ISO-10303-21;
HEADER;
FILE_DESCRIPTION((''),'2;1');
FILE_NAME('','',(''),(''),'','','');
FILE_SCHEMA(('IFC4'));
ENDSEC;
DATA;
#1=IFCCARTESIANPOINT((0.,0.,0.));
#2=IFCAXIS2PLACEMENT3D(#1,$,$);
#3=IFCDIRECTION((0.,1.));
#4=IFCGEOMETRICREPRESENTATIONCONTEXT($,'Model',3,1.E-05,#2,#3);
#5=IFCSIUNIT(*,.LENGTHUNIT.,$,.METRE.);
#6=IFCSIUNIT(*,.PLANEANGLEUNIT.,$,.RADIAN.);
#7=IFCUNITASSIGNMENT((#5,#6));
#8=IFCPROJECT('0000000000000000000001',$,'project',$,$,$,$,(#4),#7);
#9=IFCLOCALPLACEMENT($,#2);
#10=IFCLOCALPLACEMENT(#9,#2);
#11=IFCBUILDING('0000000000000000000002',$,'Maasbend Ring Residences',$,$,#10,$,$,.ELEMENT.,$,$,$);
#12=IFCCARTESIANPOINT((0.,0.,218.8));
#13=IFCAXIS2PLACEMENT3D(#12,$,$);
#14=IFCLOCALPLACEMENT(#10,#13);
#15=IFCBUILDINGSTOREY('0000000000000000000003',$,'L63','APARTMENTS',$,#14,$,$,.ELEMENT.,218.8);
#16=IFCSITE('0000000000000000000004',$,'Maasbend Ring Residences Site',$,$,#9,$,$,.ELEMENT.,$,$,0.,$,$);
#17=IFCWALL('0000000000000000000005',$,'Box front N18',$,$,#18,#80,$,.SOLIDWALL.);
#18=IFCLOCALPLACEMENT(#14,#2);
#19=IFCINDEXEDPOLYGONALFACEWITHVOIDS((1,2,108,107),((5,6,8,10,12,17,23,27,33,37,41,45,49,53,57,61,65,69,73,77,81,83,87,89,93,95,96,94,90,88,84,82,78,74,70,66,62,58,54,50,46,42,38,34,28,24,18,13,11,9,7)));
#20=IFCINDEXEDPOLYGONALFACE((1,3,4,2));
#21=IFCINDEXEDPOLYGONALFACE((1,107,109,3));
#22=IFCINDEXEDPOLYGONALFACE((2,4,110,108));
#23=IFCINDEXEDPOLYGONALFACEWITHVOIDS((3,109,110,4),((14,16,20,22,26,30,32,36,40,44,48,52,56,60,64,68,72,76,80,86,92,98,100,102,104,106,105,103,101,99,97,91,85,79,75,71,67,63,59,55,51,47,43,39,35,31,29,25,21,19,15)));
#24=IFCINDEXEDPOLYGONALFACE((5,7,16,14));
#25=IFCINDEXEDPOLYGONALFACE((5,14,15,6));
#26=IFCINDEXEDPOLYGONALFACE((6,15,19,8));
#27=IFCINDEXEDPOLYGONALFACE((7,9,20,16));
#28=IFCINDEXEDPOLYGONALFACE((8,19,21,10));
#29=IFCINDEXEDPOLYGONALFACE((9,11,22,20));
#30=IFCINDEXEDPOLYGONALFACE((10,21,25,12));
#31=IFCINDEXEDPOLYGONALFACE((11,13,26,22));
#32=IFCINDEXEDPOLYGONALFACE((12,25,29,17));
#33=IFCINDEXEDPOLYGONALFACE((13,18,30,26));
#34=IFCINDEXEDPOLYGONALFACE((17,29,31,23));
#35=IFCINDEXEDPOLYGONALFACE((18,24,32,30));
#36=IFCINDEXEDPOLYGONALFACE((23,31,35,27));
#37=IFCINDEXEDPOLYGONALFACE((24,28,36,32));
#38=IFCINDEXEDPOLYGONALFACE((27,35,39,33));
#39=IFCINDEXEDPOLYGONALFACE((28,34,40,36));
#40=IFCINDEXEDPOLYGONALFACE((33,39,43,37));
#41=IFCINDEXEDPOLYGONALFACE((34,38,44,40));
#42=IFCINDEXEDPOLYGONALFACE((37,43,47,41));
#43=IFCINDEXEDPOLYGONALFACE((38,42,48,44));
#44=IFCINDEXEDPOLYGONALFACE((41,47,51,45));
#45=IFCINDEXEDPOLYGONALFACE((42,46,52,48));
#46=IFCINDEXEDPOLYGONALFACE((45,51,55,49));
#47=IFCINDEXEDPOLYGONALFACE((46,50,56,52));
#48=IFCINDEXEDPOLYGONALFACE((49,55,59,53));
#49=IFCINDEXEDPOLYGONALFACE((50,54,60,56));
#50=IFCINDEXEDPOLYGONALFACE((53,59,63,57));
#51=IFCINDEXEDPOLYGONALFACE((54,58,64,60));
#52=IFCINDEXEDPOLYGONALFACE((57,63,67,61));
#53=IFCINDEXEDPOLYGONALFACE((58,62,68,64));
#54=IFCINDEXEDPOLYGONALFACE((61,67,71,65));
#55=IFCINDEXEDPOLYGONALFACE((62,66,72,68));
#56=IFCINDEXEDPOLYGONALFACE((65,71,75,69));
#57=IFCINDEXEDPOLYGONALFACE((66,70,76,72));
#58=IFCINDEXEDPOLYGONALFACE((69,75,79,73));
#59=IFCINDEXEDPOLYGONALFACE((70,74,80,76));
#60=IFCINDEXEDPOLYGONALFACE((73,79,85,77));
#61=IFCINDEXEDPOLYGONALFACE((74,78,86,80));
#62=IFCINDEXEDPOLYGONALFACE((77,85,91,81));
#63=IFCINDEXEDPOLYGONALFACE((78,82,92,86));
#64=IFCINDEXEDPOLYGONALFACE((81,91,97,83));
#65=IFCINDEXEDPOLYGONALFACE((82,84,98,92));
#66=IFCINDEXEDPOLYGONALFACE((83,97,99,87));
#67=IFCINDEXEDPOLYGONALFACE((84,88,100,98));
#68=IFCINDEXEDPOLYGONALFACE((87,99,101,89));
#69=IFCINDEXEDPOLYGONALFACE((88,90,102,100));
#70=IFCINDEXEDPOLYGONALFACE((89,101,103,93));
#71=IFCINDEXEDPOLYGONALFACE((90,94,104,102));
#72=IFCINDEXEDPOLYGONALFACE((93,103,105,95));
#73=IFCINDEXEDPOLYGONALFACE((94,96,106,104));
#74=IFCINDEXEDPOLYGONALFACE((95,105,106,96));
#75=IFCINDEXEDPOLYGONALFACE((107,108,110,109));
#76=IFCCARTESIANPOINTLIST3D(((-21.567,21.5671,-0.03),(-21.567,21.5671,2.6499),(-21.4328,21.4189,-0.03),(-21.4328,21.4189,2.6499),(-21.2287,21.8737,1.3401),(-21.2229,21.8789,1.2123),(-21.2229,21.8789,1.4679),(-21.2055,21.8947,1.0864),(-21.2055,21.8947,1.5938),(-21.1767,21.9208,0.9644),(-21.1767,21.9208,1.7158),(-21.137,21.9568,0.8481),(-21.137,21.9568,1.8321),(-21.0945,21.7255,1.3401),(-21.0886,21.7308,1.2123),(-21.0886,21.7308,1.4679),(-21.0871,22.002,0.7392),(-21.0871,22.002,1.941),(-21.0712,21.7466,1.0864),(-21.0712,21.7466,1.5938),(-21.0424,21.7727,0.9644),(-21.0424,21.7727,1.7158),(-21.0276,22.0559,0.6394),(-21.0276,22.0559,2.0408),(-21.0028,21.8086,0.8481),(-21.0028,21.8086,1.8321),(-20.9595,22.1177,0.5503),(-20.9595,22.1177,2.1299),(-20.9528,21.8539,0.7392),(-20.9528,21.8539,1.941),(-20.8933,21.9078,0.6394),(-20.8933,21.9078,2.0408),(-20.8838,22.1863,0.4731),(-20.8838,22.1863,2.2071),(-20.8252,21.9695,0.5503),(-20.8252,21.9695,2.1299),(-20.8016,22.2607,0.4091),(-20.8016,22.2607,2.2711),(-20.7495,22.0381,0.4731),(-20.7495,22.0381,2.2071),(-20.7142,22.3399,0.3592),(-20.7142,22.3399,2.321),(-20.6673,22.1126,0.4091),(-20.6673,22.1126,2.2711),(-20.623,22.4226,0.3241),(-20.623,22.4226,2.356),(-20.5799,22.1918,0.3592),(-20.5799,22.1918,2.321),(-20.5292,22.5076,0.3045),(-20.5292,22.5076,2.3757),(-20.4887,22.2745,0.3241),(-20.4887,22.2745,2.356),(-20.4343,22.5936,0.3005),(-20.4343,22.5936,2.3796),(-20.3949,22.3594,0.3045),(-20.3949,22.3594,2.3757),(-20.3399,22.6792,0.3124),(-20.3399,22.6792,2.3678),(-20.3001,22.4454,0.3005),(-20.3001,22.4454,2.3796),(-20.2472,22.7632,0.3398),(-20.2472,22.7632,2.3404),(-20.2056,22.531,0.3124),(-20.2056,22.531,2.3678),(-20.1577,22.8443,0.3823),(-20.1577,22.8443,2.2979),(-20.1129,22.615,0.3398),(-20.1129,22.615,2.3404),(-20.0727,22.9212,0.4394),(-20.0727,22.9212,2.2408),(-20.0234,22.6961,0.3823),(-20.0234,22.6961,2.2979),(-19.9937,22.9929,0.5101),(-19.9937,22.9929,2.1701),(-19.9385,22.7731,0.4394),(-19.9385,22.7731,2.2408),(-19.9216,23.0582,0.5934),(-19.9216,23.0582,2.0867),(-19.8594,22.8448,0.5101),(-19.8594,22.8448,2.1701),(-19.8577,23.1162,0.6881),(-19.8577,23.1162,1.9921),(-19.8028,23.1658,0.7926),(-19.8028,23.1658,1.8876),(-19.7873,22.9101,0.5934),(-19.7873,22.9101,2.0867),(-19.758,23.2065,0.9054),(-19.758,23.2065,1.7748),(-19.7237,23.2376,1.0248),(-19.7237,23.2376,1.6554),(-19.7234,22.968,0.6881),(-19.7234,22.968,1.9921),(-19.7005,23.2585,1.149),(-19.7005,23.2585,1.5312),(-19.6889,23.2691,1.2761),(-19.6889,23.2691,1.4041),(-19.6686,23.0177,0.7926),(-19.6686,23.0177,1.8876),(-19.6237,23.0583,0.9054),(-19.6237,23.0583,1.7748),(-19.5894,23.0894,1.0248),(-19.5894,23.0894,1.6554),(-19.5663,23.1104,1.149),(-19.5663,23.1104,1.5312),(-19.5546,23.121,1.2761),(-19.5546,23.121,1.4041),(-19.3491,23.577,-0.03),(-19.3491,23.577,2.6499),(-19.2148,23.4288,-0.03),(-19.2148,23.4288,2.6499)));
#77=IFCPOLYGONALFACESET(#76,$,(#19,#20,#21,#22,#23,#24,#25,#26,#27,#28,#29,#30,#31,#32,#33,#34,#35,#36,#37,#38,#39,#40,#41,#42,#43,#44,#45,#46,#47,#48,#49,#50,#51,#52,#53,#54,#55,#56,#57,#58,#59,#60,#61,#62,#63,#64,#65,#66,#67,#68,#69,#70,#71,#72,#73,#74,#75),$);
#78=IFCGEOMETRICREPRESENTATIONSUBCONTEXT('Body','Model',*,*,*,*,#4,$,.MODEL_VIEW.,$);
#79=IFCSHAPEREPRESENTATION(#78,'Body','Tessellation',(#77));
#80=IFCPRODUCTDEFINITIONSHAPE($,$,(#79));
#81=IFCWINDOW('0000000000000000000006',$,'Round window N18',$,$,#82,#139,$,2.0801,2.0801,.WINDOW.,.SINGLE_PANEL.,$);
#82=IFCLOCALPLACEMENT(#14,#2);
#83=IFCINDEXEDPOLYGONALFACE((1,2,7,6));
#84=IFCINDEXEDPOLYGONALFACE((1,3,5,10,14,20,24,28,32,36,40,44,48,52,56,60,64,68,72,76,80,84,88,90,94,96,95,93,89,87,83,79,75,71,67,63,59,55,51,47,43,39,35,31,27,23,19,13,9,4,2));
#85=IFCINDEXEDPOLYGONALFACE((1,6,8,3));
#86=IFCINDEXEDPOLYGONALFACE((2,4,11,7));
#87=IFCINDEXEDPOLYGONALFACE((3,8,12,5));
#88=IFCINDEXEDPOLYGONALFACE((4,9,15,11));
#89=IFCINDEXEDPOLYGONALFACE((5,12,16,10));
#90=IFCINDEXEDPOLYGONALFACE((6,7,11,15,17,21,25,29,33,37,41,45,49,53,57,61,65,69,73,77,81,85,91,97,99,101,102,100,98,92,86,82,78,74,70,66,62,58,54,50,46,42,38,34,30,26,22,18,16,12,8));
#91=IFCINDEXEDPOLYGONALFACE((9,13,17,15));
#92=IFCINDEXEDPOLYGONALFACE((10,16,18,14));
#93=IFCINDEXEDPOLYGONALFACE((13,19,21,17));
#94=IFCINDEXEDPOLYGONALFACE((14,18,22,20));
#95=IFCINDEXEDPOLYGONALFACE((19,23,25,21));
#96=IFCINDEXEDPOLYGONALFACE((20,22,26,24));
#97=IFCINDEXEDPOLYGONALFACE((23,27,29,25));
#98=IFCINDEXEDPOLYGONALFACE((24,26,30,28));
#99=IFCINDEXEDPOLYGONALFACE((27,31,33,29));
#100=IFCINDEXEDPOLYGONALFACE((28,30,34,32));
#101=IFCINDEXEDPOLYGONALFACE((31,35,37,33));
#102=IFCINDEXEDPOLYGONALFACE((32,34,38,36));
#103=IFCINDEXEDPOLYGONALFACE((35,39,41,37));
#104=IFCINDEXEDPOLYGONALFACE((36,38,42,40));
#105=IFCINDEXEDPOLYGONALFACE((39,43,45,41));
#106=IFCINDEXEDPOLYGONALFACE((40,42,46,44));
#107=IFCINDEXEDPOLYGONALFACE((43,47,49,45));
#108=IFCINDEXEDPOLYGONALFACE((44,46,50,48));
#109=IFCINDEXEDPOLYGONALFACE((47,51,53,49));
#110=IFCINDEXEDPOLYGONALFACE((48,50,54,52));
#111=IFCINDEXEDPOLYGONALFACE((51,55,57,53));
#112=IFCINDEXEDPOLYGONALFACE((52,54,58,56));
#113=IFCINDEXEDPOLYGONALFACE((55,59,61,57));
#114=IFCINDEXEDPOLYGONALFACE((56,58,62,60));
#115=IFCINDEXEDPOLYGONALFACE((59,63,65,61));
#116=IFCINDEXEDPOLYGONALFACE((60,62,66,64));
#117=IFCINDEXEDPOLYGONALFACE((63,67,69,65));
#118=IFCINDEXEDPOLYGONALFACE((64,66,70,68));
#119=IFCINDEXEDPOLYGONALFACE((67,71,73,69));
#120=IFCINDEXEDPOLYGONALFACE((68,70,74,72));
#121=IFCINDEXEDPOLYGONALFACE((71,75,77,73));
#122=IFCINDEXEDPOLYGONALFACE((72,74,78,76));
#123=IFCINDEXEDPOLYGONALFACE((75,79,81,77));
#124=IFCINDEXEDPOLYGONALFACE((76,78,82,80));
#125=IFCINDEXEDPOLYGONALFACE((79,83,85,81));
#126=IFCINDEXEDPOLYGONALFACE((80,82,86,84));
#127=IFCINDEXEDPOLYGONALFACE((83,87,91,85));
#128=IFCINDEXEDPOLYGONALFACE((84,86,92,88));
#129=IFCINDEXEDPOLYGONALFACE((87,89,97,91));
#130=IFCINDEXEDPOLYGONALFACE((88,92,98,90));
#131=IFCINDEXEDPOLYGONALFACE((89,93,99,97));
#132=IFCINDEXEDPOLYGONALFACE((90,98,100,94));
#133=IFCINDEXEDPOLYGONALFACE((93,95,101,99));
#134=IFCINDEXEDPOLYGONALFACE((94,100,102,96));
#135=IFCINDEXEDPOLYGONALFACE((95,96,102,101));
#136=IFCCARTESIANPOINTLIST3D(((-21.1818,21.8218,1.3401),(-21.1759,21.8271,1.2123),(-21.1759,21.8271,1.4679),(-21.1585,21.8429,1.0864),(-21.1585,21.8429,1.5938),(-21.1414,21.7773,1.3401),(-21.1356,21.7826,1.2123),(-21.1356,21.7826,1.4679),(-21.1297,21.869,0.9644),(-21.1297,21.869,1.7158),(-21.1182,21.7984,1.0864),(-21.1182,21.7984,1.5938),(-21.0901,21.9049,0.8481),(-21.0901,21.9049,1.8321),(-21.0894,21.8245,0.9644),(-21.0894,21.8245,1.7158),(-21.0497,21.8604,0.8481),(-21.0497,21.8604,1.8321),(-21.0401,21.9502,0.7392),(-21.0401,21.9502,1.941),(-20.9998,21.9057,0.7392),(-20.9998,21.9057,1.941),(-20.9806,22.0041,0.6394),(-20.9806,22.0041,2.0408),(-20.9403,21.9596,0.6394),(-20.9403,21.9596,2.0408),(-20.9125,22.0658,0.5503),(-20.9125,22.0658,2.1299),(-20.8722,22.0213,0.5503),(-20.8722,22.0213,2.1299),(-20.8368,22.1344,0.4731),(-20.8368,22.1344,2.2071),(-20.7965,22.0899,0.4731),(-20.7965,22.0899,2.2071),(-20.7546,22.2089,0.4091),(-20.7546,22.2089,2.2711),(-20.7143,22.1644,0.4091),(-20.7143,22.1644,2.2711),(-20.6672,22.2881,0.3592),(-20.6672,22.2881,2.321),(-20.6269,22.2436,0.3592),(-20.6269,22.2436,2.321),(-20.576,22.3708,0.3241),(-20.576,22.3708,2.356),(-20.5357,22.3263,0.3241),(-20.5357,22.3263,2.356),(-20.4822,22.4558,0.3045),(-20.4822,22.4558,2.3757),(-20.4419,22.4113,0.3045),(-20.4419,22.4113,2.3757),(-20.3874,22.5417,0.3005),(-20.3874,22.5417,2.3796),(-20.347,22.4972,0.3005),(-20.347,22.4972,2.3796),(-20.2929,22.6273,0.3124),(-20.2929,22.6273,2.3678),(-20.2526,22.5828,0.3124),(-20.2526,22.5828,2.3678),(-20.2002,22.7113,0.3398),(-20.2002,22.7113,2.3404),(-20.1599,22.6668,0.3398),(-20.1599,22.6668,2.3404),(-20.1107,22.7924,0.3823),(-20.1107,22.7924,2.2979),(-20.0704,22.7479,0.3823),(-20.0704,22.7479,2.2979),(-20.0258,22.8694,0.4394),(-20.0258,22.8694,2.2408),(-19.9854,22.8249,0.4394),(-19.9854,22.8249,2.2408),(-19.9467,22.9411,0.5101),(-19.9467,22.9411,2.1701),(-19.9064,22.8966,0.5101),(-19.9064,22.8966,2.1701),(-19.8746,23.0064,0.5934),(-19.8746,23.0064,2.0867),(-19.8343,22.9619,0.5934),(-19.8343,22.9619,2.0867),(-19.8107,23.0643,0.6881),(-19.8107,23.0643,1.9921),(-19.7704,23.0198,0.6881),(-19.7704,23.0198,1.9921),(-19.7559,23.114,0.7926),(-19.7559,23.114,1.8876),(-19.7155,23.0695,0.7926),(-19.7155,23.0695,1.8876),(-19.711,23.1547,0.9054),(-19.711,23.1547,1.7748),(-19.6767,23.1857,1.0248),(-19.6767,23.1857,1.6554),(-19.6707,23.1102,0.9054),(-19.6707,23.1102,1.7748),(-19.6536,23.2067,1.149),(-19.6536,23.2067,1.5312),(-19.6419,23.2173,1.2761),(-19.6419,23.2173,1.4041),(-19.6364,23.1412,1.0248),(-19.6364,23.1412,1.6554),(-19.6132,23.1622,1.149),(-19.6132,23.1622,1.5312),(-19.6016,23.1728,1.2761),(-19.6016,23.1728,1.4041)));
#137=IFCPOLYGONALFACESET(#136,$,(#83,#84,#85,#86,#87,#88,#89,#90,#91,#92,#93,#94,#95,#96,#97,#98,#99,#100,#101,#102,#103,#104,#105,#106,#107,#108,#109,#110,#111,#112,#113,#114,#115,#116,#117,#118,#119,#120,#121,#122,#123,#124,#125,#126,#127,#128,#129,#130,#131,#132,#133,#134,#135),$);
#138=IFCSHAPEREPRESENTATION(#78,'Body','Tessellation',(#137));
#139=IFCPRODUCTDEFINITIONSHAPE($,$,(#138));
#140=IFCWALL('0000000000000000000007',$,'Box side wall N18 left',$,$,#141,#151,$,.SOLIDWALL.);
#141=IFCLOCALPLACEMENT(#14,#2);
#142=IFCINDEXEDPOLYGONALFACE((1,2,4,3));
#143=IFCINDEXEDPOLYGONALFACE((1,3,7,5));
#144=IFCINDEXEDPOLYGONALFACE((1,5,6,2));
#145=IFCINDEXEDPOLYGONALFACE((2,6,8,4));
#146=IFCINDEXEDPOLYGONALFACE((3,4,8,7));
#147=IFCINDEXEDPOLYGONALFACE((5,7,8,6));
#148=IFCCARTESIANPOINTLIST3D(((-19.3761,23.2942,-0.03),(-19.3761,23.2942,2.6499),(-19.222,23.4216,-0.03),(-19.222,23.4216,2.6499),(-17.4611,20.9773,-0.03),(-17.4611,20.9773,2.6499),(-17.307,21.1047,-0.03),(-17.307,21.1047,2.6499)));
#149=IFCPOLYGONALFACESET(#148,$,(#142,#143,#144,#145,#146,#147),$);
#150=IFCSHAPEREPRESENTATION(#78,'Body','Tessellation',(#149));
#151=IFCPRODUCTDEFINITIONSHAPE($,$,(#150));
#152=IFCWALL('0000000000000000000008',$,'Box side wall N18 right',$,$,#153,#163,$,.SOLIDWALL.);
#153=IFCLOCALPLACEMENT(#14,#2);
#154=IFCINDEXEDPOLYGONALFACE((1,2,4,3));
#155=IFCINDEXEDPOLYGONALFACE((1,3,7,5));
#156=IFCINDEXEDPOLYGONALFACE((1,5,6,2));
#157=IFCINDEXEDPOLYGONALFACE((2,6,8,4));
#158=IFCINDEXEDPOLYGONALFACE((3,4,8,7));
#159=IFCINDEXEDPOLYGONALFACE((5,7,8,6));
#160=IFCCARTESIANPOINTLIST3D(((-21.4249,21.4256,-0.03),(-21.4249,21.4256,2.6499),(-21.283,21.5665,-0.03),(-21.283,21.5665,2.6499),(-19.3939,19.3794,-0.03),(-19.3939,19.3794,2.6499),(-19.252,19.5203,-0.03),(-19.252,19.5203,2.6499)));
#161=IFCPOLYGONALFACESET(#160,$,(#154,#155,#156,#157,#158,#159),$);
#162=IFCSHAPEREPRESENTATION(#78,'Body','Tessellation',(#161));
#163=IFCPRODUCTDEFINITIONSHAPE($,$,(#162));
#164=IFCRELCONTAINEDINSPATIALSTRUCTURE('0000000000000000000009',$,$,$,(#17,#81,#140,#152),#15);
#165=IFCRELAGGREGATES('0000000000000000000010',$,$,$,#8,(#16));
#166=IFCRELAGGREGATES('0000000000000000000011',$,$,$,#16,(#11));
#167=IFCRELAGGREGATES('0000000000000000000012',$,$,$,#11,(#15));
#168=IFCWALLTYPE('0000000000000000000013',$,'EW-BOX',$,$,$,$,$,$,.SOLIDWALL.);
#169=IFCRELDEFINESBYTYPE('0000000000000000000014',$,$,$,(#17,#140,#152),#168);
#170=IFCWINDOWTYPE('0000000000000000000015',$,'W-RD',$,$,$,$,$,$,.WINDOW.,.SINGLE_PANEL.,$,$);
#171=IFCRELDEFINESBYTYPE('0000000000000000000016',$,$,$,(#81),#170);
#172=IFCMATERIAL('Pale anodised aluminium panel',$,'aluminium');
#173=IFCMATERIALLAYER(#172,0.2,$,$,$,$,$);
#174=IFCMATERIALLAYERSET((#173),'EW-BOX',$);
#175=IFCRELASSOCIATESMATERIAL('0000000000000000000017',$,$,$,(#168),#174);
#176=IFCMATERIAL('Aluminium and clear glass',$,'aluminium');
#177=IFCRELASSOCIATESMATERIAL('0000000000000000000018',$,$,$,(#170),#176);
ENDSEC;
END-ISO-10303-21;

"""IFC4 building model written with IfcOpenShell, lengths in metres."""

from ifc_helpers import new_model, si_unit, direction, frame, frame_2d, origin, place, context, subcontext, project, spatial, rectangle, circle, extrude, material, layer, layer_set, type_object, element, fill, save


model = new_model("IFC4")

# Units and contexts
model_context = context("Model", 3, precision=1e-05, world=origin(), true_north=direction((0.0, 1.0)))
body_context = subcontext(model_context, "Body", "Model", "MODEL_VIEW")
ifc_project = project(units=[si_unit("LENGTHUNIT", "METRE"), si_unit("PLANEANGLEUNIT", "RADIAN")], contexts=[model_context])

# Site, building, storey
site_placement = place(None, origin())
site = spatial("IfcSite", under=ifc_project, at=site_placement, Name="Maasbend Ring Residences Site", CompositionType="ELEMENT", RefElevation=0.0)
building_placement = place(site_placement, origin())
building = spatial("IfcBuilding", under=site, at=building_placement, Name="Maasbend Ring Residences", CompositionType="ELEMENT")
storey_placement = place(building_placement, frame((0.0, 0.0, 218.8)))
storey = spatial("IfcBuildingStorey", under=building, at=storey_placement, Name="L63", Description="APARTMENTS", CompositionType="ELEMENT", Elevation=218.8)

# Shared definitions
ifc_material_1 = material(Name="Pale anodised aluminium panel", Category="aluminium")
ifc_layer_1 = layer(ifc_material_1, 0.2)
ifc_layer_set_1 = layer_set([ifc_layer_1], Name="EW-BOX")
wall_type_1 = type_object("IfcWallType", Name="EW-BOX", PredefinedType="SOLIDWALL", material=ifc_layer_set_1)
ifc_material_2 = material(Name="Aluminium and clear glass", Category="aluminium")
window_type_1 = type_object("IfcWindowType", Name="W-RD", PartitioningType="SINGLE_PANEL", PredefinedType="WINDOW", material=ifc_material_2)

# Wall, opening, window
wall_1_placement = place(storey_placement, frame((-19.282, 23.5029, -0.03), z_axis=(0.0, 0.0, 1.0), x_axis=(-0.740998, -0.671507, 0.0)))
wall_1 = element("IfcWall", 1, at=wall_1_placement, inside=storey, type_object=wall_type_1, Name="Box front N18", PredefinedType="SOLIDWALL", context=body_context, shape_type="SweptSolid", body=[
    extrude(rectangle(XDim=2.9932, YDim=0.2, at=frame_2d((1.4966, 0.0))), origin(), (0.0, 0.0, 1.0), 2.6799),
])
opening_1_placement = place(wall_1_placement, frame((0.4565, 0.0, 0.3301)))
opening_1 = element("IfcOpeningElement", 2, at=opening_1_placement, cuts=wall_1, PredefinedType="OPENING", context=body_context, shape_type="SweptSolid", body=[
    extrude(circle(Radius=1.04, at=frame_2d((1.04, 1.04))), frame((0.0, 0.1099, 0.0), z_axis=(0.0, -1.0, 0.0), x_axis=(1.0, 0.0, 0.0)), (0.0, 0.0, 1.0), 0.22),
])
window_1_placement = place(opening_1_placement, origin())
window_1 = element("IfcWindow", 3, at=window_1_placement, inside=storey, type_object=window_type_1, Name="Round window N18", OverallHeight=2.0801, OverallWidth=2.0801, PartitioningType="SINGLE_PANEL", PredefinedType="WINDOW", context=body_context, shape_type="SweptSolid", body=[
    extrude(circle(Radius=1.04, at=frame_2d((1.04, 1.04))), frame((0.0, 0.03, 0.0), z_axis=(0.0, -1.0, 0.0), x_axis=(1.0, 0.0, 0.0)), (0.0, 0.0, 1.0), 0.0601),
])
fill(opening_1, window_1)

# Walls
wall_2_placement = place(storey_placement, frame((-17.384, 21.041, -0.03), z_axis=(0.0, 0.0, 1.0), x_axis=(-0.637096, 0.770785, 0.0)))
element("IfcWall", 4, at=wall_2_placement, inside=storey, type_object=wall_type_1, Name="Box side wall N18 left", PredefinedType="SOLIDWALL", context=body_context, shape_type="SweptSolid", body=[
    extrude(rectangle(XDim=3.0059, YDim=0.2, at=frame_2d((1.5029, 0.0))), origin(), (0.0, 0.0, 1.0), 2.6799),
])
wall_3_placement = place(storey_placement, frame((-19.323, 19.45, -0.03), z_axis=(0.0, 0.0, 1.0), x_axis=(-0.704477, 0.709727, 0.0)))
element("IfcWall", 5, at=wall_3_placement, inside=storey, type_object=wall_type_1, Name="Box side wall N18 right", PredefinedType="SOLIDWALL", context=body_context, shape_type="SweptSolid", body=[
    extrude(rectangle(XDim=2.8831, YDim=0.2, at=frame_2d((1.4414, 0.0))), origin(), (0.0, 0.0, 1.0), 2.6799),
])

save(model, "model.ifc")
